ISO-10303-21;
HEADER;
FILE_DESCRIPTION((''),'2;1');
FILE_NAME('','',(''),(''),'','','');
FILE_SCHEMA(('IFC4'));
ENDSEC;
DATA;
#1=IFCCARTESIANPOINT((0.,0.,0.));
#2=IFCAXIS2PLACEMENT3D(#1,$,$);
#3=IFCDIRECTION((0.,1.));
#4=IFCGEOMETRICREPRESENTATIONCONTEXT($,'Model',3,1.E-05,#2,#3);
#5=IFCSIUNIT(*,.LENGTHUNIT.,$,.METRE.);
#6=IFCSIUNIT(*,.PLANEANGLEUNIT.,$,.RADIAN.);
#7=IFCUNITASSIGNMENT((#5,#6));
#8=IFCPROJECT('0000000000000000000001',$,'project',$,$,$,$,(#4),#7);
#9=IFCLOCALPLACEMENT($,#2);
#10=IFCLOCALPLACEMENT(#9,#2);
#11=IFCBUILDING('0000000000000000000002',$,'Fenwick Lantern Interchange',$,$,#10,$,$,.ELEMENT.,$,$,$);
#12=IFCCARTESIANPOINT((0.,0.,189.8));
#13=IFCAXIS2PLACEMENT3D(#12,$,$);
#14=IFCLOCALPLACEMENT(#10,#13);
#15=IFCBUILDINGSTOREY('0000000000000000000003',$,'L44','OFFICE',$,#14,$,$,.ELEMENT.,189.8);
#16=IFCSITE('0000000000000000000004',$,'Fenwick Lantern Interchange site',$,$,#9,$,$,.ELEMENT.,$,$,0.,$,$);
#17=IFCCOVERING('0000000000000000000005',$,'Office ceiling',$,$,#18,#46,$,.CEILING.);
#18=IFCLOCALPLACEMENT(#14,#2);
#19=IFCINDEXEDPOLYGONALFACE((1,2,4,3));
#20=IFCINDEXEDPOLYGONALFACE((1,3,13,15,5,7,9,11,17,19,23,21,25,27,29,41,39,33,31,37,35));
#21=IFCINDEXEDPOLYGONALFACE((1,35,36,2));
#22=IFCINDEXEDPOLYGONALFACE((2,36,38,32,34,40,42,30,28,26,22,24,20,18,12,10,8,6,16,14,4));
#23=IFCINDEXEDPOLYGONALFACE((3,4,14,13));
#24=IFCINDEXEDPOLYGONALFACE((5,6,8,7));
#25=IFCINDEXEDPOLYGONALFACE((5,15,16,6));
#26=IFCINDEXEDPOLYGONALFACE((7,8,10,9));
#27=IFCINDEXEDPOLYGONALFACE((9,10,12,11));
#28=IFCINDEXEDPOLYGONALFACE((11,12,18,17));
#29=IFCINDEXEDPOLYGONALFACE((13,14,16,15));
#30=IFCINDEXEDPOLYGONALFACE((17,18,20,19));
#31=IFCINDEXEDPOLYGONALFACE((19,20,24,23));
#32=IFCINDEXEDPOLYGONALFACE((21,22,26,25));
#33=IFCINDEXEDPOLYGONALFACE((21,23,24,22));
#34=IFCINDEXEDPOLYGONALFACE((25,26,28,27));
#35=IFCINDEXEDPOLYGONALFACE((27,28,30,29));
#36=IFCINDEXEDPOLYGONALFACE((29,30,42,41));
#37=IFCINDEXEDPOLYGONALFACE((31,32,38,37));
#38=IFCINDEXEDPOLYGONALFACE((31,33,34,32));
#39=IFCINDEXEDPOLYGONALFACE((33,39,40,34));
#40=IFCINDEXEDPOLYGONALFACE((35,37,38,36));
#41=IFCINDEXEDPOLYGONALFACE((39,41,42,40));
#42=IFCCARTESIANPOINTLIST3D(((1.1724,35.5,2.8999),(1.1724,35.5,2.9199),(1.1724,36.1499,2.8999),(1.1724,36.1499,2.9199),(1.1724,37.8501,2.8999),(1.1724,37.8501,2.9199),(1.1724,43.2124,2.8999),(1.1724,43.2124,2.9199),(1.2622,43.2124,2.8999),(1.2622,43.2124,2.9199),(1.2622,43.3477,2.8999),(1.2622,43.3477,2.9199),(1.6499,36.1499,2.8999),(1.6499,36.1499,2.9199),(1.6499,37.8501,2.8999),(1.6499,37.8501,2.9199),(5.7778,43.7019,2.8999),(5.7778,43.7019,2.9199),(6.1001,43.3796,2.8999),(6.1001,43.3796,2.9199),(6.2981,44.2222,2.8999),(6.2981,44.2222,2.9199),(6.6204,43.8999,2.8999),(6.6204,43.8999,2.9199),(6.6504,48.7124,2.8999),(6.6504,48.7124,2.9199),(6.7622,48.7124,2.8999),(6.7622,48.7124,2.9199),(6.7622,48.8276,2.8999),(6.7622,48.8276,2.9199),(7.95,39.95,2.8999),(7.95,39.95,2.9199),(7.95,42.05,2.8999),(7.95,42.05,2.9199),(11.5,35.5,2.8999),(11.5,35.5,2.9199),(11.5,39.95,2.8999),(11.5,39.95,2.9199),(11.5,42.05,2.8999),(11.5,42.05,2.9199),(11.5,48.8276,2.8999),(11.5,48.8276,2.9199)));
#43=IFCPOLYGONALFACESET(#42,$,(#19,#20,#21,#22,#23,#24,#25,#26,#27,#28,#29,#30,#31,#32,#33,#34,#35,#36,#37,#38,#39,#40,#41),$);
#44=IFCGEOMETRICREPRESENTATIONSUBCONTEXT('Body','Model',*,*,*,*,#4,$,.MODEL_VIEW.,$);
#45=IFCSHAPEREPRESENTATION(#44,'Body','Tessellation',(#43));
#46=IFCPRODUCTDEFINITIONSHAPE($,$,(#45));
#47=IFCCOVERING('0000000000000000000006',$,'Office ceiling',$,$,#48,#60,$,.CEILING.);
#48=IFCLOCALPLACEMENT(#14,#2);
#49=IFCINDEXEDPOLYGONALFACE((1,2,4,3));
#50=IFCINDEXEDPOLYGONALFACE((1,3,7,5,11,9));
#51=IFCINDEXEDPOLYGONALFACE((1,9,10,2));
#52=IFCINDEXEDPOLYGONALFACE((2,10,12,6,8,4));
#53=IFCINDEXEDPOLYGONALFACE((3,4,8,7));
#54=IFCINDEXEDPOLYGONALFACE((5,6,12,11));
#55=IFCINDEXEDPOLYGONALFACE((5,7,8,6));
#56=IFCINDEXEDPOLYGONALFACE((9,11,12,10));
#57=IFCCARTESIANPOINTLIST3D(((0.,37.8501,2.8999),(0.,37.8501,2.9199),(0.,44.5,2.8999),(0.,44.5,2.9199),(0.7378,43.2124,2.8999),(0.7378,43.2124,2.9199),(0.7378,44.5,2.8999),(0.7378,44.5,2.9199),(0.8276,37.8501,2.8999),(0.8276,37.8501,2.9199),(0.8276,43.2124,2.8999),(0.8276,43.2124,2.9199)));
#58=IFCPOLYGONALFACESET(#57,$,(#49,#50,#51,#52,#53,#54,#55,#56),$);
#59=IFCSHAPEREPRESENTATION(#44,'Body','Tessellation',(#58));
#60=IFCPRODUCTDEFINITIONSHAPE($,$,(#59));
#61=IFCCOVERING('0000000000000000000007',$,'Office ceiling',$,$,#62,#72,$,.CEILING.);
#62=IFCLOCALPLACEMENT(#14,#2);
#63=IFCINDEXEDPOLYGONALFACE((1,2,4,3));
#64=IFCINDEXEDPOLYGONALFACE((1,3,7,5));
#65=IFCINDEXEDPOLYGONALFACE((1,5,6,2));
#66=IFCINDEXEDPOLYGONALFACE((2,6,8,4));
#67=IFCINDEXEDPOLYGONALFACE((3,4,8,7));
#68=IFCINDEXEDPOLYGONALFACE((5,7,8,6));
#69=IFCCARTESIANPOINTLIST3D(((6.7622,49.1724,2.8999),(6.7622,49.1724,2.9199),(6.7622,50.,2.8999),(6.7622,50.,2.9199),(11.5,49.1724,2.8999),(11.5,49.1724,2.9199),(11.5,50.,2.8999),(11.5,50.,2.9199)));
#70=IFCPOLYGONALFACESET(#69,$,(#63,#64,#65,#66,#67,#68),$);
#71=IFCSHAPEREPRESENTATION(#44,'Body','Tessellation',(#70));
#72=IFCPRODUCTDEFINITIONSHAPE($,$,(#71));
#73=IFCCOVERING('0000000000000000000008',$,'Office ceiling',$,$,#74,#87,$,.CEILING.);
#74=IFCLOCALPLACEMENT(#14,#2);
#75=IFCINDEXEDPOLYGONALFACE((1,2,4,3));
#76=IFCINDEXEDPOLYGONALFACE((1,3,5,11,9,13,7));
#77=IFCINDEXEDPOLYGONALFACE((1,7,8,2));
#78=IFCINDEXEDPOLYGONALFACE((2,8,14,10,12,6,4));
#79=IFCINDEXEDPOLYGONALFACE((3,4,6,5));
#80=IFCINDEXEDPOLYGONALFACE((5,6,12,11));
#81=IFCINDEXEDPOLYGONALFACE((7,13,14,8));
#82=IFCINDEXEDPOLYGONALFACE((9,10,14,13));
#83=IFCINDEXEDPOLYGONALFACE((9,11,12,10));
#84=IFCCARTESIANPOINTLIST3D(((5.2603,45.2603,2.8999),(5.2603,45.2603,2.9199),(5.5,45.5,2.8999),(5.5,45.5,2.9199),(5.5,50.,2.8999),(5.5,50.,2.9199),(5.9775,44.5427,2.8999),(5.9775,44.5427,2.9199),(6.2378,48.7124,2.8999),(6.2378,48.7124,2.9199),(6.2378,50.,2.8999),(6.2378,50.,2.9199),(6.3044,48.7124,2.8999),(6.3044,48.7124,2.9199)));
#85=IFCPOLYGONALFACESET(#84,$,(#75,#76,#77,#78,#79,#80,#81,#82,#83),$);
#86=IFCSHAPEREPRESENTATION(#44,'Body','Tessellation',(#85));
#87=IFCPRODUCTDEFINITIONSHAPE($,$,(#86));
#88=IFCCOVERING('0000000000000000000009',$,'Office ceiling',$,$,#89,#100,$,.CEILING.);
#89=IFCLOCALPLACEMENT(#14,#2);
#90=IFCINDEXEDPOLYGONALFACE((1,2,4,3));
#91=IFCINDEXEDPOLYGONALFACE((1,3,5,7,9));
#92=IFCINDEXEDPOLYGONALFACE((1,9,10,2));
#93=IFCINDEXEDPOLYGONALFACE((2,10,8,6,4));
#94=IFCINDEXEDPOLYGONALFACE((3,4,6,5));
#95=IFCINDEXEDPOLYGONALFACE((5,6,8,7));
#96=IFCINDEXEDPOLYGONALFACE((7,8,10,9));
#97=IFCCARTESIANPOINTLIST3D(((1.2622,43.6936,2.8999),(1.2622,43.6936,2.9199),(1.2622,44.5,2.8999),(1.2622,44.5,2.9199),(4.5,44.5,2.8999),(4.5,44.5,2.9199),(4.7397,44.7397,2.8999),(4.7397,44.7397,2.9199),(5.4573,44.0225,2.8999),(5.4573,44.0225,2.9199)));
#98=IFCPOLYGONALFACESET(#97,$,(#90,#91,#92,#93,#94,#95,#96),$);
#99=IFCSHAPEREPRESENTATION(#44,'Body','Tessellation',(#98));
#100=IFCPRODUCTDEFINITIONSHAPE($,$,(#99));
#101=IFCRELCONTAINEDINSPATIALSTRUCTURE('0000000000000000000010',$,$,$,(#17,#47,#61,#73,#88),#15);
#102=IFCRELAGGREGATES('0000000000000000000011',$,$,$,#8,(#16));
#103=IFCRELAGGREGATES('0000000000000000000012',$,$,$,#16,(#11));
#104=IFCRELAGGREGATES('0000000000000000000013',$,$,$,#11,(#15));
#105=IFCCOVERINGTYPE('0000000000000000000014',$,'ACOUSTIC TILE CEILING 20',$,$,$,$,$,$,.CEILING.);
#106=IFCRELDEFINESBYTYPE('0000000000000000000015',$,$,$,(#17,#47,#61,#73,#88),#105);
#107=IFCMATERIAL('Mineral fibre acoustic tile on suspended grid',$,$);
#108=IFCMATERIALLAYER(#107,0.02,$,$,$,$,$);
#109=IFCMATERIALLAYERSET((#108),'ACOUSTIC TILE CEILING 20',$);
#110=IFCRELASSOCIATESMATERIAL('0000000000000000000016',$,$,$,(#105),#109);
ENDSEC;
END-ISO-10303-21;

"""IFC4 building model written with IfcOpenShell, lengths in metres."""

from ifc_helpers import new_model, si_unit, direction, frame, origin, place, context, subcontext, project, spatial, polyline, outline, extrude, material, layer, layer_set, type_object, element, save


model = new_model("IFC4")

# Units and contexts
model_context = context("Model", 3, precision=1e-05, world=origin(), true_north=direction((0.0, 1.0)))
body_context = subcontext(model_context, "Body", "Model", "MODEL_VIEW")
ifc_project = project(units=[si_unit("LENGTHUNIT", "METRE"), si_unit("PLANEANGLEUNIT", "RADIAN")], contexts=[model_context])

# Site, building, storey
site_placement = place(None, origin())
site = spatial("IfcSite", under=ifc_project, at=site_placement, Name="Fenwick Lantern Interchange site", CompositionType="ELEMENT", RefElevation=0.0)
building_placement = place(site_placement, origin())
building = spatial("IfcBuilding", under=site, at=building_placement, Name="Fenwick Lantern Interchange", CompositionType="ELEMENT")
storey_placement = place(building_placement, frame((0.0, 0.0, 189.8)))
storey = spatial("IfcBuildingStorey", under=building, at=storey_placement, Name="L44", Description="OFFICE", CompositionType="ELEMENT", Elevation=189.8)

# Coverings
ifc_material = material(Name="Mineral fibre acoustic tile on suspended grid")
ifc_layer = layer(ifc_material, 0.02)
ifc_layer_set = layer_set([ifc_layer], Name="ACOUSTIC TILE CEILING 20")
covering_type = type_object("IfcCoveringType", Name="ACOUSTIC TILE CEILING 20", PredefinedType="CEILING", material=ifc_layer_set)
covering_1_placement = place(storey_placement, frame((0.0, 0.0, 2.8999)))
element("IfcCovering", 1, at=covering_1_placement, inside=storey, type_object=covering_type, Name="Office ceiling", PredefinedType="CEILING", context=body_context, shape_type="SweptSolid", body=[
    extrude(outline(polyline([(6.7622, 48.7124), (6.6504, 48.7124), (6.2981, 44.2222), (6.6204, 43.8999), (6.1001, 43.3796), (5.7778, 43.7019), (1.2622, 43.3477), (1.2622, 43.2124), (1.1724, 43.2124), (1.1724, 37.8501), (1.6499, 37.8501), (1.6499, 36.1499), (1.1724, 36.1499), (1.1724, 35.5), (11.5, 35.5), (11.5, 39.95), (7.95, 39.95), (7.95, 42.05), (11.5, 42.05), (11.5, 48.8276), (6.7622, 48.8276), (6.7622, 48.7124)])), origin(), (0.0, 0.0, 1.0), 0.02),
])
covering_2_placement = place(storey_placement, frame((0.0, 0.0, 2.8999)))
element("IfcCovering", 2, at=covering_2_placement, inside=storey, type_object=covering_type, Name="Office ceiling", PredefinedType="CEILING", context=body_context, shape_type="SweptSolid", body=[
    extrude(outline(polyline([(0.0, 37.8501), (0.8276, 37.8501), (0.8276, 43.2124), (0.7378, 43.2124), (0.7378, 44.5), (0.0, 44.5), (0.0, 37.8501)])), origin(), (0.0, 0.0, 1.0), 0.02),
])
covering_3_placement = place(storey_placement, frame((0.0, 0.0, 2.8999)))
element("IfcCovering", 3, at=covering_3_placement, inside=storey, type_object=covering_type, Name="Office ceiling", PredefinedType="CEILING", context=body_context, shape_type="SweptSolid", body=[
    extrude(outline(polyline([(6.7622, 50.0), (6.7622, 49.1724), (11.5, 49.1724), (11.5, 50.0), (6.7622, 50.0)])), origin(), (0.0, 0.0, 1.0), 0.02),
])
covering_4_placement = place(storey_placement, frame((0.0, 0.0, 2.8999)))
element("IfcCovering", 4, at=covering_4_placement, inside=storey, type_object=covering_type, Name="Office ceiling", PredefinedType="CEILING", context=body_context, shape_type="SweptSolid", body=[
    extrude(outline(polyline([(6.3044, 48.7124), (6.2378, 48.7124), (6.2378, 50.0), (5.5, 50.0), (5.5, 45.5), (5.2603, 45.2603), (5.9775, 44.5427), (6.3044, 48.7124)])), origin(), (0.0, 0.0, 1.0), 0.02),
])
covering_5_placement = place(storey_placement, frame((0.0, 0.0, 2.8999)))
element("IfcCovering", 5, at=covering_5_placement, inside=storey, type_object=covering_type, Name="Office ceiling", PredefinedType="CEILING", context=body_context, shape_type="SweptSolid", body=[
    extrude(outline(polyline([(1.2622, 44.5), (1.2622, 43.6936), (5.4573, 44.0225), (4.7397, 44.7397), (4.5, 44.5), (1.2622, 44.5)])), origin(), (0.0, 0.0, 1.0), 0.02),
])

save(model, "model.ifc")
